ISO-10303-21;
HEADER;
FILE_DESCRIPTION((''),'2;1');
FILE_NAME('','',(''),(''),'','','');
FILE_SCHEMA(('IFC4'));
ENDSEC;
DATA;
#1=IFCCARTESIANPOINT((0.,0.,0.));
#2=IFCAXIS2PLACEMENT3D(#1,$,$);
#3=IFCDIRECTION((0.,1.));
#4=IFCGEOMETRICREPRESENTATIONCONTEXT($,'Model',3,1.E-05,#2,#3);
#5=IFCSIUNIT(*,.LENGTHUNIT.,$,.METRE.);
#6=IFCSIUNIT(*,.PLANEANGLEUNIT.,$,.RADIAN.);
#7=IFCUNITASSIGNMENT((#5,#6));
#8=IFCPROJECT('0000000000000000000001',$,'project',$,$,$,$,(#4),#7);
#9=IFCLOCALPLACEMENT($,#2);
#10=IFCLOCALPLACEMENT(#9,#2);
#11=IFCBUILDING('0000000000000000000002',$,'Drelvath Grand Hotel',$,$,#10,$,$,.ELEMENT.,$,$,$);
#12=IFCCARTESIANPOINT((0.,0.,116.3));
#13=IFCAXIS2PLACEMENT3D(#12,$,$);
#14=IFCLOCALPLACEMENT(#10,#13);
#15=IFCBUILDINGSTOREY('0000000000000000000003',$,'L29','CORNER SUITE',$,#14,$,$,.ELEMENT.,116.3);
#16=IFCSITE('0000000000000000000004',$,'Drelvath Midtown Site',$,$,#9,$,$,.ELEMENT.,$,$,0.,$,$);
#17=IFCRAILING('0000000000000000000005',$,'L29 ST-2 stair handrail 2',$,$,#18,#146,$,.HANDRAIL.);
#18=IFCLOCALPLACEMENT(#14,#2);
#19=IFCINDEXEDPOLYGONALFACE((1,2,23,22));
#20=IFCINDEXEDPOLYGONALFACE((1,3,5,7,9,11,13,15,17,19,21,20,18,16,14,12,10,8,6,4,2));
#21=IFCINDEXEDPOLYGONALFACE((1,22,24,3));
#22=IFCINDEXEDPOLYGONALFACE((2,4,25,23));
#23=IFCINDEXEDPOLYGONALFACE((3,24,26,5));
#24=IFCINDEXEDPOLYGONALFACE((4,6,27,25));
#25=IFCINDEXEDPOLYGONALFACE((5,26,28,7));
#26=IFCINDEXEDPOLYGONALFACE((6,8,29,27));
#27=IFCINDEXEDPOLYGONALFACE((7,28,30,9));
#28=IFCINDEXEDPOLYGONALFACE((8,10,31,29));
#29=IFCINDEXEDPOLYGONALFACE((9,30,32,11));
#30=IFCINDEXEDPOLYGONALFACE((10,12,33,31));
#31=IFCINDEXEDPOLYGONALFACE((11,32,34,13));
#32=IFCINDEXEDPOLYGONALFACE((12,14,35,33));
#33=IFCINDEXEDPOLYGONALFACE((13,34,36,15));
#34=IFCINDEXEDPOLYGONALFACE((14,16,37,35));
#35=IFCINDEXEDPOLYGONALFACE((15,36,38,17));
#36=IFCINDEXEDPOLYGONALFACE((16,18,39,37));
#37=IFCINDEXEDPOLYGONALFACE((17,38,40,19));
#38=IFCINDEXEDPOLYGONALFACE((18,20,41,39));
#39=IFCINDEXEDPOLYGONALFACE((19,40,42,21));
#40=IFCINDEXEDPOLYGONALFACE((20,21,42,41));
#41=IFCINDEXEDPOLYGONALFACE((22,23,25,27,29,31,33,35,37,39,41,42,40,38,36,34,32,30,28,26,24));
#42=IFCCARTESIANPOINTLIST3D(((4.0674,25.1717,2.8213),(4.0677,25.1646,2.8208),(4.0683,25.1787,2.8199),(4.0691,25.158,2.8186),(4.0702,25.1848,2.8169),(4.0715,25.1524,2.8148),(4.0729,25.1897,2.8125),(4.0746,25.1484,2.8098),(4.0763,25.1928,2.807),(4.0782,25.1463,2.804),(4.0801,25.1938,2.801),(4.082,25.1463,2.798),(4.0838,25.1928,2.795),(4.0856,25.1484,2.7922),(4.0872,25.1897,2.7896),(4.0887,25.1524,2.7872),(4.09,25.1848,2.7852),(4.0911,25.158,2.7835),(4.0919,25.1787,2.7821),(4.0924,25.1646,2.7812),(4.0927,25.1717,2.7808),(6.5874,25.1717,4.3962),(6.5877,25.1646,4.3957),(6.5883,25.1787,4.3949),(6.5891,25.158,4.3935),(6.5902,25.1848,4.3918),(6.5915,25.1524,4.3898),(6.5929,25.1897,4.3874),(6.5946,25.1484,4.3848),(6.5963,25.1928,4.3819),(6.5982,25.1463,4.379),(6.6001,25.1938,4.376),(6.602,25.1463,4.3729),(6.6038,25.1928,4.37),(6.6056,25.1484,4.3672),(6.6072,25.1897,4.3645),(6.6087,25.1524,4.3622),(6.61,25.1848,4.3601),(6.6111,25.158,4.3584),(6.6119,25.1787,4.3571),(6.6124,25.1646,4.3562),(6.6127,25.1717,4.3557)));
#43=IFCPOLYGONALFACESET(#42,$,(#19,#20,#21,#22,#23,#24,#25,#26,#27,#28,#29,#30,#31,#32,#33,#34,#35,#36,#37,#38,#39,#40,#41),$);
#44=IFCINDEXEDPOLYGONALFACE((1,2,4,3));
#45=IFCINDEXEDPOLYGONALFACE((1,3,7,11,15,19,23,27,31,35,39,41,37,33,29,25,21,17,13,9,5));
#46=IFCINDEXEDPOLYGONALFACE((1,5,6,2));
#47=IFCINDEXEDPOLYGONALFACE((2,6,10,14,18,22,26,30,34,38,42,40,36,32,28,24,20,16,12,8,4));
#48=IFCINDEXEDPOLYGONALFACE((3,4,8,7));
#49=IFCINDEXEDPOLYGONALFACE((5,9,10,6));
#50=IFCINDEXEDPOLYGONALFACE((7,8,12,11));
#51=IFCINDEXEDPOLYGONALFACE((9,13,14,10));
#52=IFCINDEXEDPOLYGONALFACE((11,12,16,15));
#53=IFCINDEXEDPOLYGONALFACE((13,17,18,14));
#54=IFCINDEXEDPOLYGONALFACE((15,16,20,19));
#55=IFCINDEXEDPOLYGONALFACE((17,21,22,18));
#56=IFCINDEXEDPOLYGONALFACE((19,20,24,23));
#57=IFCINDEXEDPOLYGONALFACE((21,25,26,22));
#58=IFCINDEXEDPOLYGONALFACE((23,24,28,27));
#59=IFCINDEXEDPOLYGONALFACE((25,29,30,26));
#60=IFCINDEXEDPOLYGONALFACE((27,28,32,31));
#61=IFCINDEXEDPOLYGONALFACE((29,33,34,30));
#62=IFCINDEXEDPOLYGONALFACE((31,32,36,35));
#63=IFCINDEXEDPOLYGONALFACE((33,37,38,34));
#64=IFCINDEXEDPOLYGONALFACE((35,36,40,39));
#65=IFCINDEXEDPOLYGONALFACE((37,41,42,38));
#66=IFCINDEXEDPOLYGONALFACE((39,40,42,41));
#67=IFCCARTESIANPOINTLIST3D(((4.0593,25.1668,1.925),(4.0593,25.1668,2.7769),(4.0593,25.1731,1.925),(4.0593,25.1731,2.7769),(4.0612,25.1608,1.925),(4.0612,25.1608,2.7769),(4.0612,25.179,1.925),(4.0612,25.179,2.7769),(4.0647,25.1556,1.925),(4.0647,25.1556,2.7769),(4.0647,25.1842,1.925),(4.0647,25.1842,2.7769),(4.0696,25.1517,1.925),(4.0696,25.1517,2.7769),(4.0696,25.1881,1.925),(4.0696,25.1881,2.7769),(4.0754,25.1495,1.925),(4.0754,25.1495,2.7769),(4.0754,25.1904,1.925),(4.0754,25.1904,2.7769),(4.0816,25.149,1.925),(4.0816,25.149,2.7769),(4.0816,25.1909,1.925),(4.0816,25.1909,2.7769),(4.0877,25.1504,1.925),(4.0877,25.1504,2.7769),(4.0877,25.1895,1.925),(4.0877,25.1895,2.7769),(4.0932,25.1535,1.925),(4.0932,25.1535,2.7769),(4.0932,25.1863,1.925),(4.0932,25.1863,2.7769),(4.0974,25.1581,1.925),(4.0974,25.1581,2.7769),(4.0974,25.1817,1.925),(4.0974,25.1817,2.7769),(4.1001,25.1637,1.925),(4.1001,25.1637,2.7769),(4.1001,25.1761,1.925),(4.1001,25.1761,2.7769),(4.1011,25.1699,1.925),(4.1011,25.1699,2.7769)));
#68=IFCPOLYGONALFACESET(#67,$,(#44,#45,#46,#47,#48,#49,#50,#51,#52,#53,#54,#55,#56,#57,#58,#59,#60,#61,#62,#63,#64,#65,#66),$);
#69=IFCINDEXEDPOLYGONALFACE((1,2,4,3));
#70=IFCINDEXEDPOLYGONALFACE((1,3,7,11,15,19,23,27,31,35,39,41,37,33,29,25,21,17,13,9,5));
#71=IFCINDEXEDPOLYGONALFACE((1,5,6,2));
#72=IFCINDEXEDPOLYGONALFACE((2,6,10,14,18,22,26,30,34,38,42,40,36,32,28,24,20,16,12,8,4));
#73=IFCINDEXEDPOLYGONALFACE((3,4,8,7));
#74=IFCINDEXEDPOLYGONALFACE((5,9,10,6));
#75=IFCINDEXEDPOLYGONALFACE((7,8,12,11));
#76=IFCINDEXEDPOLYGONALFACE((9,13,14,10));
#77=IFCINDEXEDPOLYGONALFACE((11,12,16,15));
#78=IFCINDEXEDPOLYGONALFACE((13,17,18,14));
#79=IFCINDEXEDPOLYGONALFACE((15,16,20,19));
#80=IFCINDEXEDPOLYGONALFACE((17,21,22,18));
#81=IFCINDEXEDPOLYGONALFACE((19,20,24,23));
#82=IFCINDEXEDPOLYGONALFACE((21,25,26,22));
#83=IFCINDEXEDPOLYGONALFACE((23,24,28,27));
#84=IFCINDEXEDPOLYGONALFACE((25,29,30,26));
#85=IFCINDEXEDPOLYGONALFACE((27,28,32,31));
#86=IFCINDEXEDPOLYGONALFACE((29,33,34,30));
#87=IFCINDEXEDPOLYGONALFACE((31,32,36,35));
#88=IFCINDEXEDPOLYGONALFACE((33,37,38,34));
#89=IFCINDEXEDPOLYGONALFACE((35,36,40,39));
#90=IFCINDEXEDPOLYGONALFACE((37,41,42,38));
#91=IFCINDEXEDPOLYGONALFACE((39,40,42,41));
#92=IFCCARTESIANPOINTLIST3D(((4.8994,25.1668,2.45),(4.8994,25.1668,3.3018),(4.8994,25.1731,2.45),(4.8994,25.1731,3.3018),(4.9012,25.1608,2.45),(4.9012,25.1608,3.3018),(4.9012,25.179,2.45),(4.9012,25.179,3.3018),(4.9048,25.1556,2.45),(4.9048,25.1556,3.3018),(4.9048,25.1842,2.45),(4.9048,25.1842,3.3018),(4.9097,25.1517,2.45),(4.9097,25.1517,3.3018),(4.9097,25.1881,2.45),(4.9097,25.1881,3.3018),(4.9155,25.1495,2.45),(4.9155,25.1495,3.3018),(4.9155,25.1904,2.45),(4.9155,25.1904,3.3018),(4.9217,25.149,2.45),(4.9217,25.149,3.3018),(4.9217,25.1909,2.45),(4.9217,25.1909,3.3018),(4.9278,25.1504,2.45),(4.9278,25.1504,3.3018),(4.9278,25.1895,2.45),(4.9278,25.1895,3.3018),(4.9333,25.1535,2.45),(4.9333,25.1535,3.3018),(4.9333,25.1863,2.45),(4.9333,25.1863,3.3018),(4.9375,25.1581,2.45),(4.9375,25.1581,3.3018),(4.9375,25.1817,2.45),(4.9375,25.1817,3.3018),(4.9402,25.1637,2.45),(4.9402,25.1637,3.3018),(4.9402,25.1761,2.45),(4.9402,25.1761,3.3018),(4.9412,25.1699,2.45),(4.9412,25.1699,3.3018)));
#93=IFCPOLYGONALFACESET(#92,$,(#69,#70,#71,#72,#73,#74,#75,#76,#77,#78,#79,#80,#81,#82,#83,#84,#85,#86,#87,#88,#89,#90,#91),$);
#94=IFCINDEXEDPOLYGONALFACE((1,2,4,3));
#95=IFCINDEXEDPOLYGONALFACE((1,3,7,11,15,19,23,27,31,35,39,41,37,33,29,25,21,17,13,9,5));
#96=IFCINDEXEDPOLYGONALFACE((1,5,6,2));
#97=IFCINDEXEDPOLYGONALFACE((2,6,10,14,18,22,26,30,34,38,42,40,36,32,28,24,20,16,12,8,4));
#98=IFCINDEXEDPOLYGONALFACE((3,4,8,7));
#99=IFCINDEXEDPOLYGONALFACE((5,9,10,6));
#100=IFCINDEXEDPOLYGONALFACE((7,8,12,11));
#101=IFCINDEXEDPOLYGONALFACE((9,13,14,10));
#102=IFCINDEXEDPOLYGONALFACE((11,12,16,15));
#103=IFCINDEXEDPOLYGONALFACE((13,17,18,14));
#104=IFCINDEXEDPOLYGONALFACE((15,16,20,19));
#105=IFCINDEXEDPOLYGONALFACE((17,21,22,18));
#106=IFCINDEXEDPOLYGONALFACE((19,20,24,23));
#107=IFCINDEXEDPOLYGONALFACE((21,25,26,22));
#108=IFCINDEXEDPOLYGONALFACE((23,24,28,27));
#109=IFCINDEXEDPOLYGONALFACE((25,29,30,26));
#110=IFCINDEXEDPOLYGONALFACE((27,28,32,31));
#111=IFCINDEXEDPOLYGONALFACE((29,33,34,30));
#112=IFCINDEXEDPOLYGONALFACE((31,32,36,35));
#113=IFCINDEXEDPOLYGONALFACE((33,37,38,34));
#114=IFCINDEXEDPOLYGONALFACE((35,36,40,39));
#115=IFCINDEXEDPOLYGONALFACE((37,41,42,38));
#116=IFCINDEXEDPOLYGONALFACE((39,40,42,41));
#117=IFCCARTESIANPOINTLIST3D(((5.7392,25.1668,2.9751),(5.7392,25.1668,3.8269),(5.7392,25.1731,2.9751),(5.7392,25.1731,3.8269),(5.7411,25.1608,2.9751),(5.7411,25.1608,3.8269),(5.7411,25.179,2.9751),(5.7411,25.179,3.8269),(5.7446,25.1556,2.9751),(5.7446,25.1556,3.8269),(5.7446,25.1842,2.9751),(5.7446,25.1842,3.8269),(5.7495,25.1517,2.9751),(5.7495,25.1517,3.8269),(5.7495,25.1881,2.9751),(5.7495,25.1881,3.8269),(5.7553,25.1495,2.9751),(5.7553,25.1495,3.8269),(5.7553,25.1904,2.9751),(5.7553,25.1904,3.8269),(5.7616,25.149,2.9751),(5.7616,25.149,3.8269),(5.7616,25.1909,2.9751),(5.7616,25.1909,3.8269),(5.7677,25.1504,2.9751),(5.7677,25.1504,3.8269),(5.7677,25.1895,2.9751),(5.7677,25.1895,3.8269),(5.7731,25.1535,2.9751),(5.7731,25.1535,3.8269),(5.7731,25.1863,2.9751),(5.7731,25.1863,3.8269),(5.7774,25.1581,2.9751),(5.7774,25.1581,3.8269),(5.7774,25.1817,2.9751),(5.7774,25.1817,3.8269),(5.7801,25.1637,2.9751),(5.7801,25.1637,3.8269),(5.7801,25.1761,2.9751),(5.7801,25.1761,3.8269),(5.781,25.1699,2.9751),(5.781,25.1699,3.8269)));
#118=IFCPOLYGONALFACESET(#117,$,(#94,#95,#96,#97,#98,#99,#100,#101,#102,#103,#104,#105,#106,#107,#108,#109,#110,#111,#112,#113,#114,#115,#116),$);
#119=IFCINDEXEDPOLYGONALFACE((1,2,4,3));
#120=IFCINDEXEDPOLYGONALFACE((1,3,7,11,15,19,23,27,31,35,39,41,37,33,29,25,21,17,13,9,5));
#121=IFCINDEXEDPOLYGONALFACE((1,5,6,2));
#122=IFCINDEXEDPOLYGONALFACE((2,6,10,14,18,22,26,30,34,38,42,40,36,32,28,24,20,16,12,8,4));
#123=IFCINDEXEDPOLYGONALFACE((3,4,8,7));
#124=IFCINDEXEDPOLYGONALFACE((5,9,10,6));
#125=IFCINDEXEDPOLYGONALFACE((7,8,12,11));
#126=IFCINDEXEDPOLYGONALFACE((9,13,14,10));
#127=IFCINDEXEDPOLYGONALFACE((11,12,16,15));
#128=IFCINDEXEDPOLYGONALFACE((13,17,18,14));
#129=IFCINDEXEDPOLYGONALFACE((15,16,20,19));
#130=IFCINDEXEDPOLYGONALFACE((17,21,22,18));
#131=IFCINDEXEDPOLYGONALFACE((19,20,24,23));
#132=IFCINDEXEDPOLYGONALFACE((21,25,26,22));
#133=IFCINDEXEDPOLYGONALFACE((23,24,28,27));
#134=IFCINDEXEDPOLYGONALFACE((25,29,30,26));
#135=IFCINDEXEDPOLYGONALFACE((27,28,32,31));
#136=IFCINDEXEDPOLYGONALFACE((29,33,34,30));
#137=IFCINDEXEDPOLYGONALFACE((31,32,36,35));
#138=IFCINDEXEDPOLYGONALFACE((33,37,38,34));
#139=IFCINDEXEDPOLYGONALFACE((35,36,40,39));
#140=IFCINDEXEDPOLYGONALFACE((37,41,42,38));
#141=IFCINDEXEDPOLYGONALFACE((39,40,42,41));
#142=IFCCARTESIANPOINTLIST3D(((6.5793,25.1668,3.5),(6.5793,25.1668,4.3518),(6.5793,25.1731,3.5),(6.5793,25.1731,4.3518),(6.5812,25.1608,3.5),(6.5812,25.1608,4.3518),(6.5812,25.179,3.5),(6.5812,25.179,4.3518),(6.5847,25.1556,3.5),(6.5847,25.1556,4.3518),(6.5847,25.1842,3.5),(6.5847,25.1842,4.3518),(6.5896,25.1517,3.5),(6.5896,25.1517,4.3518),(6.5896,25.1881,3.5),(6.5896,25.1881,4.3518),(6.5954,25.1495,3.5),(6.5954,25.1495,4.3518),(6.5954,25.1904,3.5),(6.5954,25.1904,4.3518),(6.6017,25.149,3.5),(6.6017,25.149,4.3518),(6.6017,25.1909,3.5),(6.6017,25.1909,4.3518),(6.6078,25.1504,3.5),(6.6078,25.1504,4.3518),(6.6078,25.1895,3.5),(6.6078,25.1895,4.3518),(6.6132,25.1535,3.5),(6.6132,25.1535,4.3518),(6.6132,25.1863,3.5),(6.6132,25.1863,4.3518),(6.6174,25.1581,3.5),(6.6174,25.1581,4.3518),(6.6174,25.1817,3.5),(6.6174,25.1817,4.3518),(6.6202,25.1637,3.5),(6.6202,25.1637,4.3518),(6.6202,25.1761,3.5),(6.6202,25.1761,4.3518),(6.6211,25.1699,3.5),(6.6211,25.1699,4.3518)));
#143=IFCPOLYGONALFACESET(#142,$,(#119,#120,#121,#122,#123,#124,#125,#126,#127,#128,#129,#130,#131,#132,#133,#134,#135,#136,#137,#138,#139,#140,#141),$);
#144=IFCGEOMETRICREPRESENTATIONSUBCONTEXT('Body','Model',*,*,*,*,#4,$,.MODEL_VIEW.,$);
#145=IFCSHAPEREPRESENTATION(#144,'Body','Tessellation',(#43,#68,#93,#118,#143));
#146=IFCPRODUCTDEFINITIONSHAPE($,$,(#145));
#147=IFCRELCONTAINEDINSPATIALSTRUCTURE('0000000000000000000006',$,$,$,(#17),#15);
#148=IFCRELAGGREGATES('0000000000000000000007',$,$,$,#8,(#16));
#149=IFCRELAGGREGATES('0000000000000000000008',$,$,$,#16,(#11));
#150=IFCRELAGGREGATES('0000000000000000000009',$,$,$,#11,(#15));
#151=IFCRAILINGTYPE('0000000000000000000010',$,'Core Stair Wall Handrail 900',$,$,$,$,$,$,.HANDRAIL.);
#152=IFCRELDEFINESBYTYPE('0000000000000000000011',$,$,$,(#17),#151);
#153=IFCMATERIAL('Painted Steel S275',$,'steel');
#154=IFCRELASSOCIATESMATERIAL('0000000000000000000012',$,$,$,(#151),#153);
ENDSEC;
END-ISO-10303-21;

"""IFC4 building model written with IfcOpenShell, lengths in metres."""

from ifc_helpers import new_model, si_unit, direction, frame, origin, origin_2d, place, context, subcontext, project, spatial, circle, extrude, material, type_object, element, save


model = new_model("IFC4")

# Units and contexts
model_context = context("Model", 3, precision=1e-05, world=origin(), true_north=direction((0.0, 1.0)))
body_context = subcontext(model_context, "Body", "Model", "MODEL_VIEW")
ifc_project = project(units=[si_unit("LENGTHUNIT", "METRE"), si_unit("PLANEANGLEUNIT", "RADIAN")], contexts=[model_context])

# Site, building, storey
site_placement = place(None, origin())
site = spatial("IfcSite", under=ifc_project, at=site_placement, Name="Drelvath Midtown Site", CompositionType="ELEMENT", RefElevation=0.0)
building_placement = place(site_placement, origin())
building = spatial("IfcBuilding", under=site, at=building_placement, Name="Drelvath Grand Hotel", CompositionType="ELEMENT")
storey_placement = place(building_placement, frame((0.0, 0.0, 116.3)))
storey = spatial("IfcBuildingStorey", under=building, at=storey_placement, Name="L29", Description="CORNER SUITE", CompositionType="ELEMENT", Elevation=116.3)

# Railing
ifc_material_1 = material(Name="Painted Steel S275", Category="steel")
railing_type_1 = type_object("IfcRailingType", Name="Core Stair Wall Handrail 900", PredefinedType="HANDRAIL", material=ifc_material_1)
railing_1_placement = place(storey_placement, frame((4.0801, 25.1699, 1.925)))
element("IfcRailing", 1, at=railing_1_placement, inside=storey, type_object=railing_type_1, Name="L29 ST-2 stair handrail 2", PredefinedType="HANDRAIL", context=body_context, shape_type="SweptSolid", body=[
    extrude(circle(Radius=0.0239, at=origin_2d()), frame((0.0, 0.0, 0.876), z_axis=(0.848008, 0.0, 0.529984), x_axis=(0.0, 1.0, 0.0)), (0.0, 0.0, 1.0), 2.9717),
    extrude(circle(Radius=0.021, at=origin_2d()), origin(), (0.0, 0.0, 1.0), 0.8518),
    extrude(circle(Radius=0.021, at=origin_2d()), frame((0.8401, 0.0, 0.5249)), (0.0, 0.0, 1.0), 0.8518),
    extrude(circle(Radius=0.021, at=origin_2d()), frame((1.6799, 0.0, 1.05)), (0.0, 0.0, 1.0), 0.8518),
    extrude(circle(Radius=0.021, at=origin_2d()), frame((2.52, 0.0, 1.575)), (0.0, 0.0, 1.0), 0.8518),
])

save(model, "model.ifc")
